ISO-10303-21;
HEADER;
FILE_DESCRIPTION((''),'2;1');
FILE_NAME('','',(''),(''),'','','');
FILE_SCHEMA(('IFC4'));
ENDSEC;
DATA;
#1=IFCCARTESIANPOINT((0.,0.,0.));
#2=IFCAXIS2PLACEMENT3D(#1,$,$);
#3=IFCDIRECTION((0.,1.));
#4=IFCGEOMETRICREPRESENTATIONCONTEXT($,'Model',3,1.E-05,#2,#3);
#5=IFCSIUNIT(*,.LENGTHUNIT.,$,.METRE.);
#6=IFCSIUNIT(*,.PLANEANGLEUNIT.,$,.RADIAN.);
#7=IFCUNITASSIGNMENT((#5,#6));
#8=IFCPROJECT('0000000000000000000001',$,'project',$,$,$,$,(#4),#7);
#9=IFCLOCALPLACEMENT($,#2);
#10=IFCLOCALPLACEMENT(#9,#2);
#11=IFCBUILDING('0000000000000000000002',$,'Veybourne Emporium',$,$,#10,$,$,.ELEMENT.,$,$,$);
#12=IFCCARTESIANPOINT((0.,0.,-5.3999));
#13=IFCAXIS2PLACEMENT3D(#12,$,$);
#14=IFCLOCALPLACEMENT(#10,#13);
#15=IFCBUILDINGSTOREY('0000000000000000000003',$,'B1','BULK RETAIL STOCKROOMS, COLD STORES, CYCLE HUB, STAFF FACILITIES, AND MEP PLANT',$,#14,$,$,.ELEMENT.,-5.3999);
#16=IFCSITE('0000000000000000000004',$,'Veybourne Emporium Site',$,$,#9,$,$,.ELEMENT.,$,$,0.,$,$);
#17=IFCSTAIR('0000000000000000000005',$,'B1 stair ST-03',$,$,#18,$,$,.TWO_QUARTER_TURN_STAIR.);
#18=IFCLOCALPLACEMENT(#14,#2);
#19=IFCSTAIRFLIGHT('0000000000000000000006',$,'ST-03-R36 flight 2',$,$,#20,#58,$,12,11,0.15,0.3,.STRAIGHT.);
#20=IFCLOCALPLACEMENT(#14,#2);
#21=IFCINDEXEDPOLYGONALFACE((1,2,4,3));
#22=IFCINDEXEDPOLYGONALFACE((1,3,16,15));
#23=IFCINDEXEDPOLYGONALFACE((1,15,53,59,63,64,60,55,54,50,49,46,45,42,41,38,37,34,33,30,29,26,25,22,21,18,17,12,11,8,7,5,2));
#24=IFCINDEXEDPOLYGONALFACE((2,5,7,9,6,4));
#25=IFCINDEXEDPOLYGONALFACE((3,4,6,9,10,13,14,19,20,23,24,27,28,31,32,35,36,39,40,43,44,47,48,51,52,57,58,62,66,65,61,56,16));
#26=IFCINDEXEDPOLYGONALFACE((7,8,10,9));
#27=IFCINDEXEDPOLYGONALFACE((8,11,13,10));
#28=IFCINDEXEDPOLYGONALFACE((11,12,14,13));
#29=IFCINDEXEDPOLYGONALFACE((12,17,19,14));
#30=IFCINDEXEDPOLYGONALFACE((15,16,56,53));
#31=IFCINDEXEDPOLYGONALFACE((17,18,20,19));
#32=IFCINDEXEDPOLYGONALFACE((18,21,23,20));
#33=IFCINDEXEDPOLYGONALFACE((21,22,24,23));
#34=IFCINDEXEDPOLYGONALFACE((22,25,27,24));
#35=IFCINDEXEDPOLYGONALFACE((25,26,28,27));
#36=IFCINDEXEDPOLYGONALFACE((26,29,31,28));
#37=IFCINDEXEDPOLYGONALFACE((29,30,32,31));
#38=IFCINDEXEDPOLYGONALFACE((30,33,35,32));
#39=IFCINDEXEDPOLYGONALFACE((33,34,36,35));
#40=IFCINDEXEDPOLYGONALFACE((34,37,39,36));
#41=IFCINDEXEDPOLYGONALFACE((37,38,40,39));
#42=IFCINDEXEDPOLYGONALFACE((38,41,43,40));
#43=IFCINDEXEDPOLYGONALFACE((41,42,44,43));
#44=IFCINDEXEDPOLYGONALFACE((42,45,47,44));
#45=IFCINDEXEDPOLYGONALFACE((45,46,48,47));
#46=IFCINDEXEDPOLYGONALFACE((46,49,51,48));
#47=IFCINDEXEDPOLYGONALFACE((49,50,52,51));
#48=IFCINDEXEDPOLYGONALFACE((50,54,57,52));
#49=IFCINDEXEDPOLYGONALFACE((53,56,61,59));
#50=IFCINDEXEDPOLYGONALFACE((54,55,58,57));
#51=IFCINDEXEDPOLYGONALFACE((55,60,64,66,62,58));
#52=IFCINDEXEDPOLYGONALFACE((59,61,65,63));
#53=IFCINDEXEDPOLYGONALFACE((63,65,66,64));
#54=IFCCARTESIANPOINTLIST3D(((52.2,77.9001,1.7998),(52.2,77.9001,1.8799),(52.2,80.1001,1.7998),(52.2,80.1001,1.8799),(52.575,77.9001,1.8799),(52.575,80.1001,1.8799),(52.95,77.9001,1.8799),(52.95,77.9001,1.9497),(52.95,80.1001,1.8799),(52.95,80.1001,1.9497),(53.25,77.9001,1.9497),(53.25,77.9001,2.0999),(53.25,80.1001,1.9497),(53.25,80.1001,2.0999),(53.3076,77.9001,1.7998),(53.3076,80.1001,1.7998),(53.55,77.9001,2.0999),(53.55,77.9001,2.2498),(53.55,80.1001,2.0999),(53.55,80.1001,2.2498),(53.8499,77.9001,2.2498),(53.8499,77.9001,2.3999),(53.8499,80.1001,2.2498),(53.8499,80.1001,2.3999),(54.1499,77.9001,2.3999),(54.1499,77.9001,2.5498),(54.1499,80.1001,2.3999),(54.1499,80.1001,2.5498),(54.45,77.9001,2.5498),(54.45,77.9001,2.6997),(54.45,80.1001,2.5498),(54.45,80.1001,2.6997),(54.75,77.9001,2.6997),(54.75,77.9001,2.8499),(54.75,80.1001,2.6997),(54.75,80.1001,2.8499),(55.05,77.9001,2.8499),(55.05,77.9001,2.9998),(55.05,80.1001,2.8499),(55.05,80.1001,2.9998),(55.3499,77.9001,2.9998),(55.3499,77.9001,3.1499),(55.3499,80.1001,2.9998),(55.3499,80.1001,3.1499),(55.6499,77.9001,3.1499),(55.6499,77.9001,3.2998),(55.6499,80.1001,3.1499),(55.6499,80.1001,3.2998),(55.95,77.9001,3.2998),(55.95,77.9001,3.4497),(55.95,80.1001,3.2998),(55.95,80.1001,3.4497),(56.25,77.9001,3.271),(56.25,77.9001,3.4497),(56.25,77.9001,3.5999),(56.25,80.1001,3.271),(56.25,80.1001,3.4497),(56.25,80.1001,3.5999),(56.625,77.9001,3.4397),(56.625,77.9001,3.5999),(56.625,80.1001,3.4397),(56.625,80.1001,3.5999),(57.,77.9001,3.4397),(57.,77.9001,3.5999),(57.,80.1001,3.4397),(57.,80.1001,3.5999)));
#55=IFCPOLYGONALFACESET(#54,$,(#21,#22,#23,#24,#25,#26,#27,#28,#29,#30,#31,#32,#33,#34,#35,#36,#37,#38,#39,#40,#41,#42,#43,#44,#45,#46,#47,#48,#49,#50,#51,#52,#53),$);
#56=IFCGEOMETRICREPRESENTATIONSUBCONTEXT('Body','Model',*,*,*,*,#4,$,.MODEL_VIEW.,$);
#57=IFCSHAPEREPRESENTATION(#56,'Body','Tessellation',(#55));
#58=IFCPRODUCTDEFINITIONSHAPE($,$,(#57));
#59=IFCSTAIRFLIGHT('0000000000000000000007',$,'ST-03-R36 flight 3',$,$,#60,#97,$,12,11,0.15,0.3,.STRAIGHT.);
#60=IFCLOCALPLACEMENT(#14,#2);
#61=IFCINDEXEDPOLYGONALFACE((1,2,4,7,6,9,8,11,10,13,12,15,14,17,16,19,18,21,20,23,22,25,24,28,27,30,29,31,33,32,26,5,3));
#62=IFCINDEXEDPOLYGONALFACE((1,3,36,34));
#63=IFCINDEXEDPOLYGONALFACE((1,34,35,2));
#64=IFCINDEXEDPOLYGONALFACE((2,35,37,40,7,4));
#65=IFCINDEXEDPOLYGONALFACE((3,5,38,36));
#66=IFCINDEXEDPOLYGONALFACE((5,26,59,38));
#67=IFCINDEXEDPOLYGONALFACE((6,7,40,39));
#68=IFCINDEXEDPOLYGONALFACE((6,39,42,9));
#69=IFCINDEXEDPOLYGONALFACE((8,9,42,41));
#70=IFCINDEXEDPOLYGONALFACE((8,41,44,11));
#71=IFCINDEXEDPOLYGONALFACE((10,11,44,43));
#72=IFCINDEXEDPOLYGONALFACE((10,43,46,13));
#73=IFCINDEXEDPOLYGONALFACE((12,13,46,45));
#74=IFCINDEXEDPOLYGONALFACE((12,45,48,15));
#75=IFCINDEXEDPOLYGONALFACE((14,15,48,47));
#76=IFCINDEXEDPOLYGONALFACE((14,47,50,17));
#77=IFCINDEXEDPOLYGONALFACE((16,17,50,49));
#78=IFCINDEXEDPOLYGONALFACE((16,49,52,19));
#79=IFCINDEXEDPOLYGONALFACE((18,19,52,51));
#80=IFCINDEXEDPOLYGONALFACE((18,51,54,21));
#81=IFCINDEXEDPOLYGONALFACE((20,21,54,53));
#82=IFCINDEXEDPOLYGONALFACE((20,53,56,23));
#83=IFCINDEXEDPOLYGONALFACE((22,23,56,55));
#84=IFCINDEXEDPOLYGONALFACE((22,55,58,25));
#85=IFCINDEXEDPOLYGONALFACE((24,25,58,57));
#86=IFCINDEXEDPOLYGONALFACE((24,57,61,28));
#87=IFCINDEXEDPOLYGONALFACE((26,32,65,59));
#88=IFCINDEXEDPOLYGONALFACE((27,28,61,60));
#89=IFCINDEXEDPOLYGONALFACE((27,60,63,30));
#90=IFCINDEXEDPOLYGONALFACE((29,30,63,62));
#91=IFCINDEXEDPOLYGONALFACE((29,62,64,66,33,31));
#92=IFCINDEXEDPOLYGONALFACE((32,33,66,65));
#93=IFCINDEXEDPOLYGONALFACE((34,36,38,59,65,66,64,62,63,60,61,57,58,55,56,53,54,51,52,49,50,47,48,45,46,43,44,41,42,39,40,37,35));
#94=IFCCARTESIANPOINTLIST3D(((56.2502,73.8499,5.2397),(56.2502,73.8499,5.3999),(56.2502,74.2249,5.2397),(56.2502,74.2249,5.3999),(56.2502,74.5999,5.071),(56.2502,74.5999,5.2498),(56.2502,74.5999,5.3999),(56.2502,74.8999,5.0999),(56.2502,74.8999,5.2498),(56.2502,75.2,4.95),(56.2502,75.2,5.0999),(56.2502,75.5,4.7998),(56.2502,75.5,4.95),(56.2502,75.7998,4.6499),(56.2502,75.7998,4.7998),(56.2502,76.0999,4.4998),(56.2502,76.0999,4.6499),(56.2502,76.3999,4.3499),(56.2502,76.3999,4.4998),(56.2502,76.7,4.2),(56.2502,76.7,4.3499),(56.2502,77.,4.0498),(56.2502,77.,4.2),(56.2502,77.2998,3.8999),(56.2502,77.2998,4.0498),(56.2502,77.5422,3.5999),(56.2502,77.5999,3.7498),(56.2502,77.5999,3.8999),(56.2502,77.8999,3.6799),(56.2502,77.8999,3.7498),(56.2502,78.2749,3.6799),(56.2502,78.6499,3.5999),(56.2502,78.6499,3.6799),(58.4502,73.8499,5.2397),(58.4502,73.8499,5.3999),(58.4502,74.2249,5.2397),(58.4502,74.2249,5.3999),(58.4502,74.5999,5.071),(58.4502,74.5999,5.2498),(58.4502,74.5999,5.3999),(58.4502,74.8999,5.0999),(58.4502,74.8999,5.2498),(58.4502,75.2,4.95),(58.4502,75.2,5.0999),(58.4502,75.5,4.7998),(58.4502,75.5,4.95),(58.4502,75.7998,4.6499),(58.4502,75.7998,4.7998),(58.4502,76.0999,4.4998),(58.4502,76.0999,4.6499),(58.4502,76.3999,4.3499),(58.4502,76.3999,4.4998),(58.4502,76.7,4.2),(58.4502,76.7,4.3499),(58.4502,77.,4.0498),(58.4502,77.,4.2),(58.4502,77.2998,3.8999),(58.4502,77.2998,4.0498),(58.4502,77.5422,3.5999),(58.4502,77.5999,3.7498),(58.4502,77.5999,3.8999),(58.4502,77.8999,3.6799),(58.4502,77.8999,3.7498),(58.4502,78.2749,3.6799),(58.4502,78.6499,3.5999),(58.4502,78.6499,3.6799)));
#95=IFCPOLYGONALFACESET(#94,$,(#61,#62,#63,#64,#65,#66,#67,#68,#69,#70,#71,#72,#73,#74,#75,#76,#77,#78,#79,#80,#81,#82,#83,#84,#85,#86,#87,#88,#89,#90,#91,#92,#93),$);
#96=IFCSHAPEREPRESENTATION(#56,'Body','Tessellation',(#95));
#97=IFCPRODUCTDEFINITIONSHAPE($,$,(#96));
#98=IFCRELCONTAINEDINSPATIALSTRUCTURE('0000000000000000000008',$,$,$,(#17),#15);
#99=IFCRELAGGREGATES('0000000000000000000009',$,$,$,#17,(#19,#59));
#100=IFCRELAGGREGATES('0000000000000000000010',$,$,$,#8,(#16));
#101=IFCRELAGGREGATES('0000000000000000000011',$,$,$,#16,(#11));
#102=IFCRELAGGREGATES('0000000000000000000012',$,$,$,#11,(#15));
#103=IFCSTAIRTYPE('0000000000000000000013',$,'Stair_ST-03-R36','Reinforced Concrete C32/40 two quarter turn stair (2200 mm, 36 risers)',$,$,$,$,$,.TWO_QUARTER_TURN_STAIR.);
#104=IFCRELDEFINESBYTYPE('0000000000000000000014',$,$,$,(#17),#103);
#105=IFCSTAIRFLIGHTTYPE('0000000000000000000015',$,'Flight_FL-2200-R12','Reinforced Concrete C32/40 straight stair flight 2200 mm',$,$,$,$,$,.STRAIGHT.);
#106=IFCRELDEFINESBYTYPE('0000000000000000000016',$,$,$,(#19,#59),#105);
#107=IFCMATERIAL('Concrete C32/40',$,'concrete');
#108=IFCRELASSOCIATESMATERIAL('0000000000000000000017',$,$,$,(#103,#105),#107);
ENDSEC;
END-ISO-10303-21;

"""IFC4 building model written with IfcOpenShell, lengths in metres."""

from ifc_helpers import new_model, si_unit, direction, frame, origin, place, context, subcontext, project, spatial, polyline, outline, extrude, material, type_object, element, aggregate, save


model = new_model("IFC4")

# Units and contexts
model_context = context("Model", 3, precision=1e-05, world=origin(), true_north=direction((0.0, 1.0)))
body_context = subcontext(model_context, "Body", "Model", "MODEL_VIEW")
ifc_project = project(units=[si_unit("LENGTHUNIT", "METRE"), si_unit("PLANEANGLEUNIT", "RADIAN")], contexts=[model_context])

# Site, building, storey
site_placement = place(None, origin())
site = spatial("IfcSite", under=ifc_project, at=site_placement, Name="Veybourne Emporium Site", CompositionType="ELEMENT", RefElevation=0.0)
building_placement = place(site_placement, origin())
building = spatial("IfcBuilding", under=site, at=building_placement, Name="Veybourne Emporium", CompositionType="ELEMENT")
storey_placement = place(building_placement, frame((0.0, 0.0, -5.3999)))
storey = spatial("IfcBuildingStorey", under=building, at=storey_placement, Name="B1", Description="BULK RETAIL STOCKROOMS, COLD STORES, CYCLE HUB, STAFF FACILITIES, AND MEP PLANT", CompositionType="ELEMENT", Elevation=-5.3999)

# Shared definitions
ifc_material_1 = material(Name="Concrete C32/40", Category="concrete")

# Stair, stair flights
stair_type = type_object("IfcStairType", Name="Stair_ST-03-R36", Description="Reinforced Concrete C32/40 two quarter turn stair (2200 mm, 36 risers)", PredefinedType="TWO_QUARTER_TURN_STAIR", material=ifc_material_1)
stair_placement = place(storey_placement, origin())
stair = element("IfcStair", 1, at=stair_placement, inside=storey, type_object=stair_type, Name="B1 stair ST-03", PredefinedType="TWO_QUARTER_TURN_STAIR")
stair_flight_type = type_object("IfcStairFlightType", Name="Flight_FL-2200-R12", Description="Reinforced Concrete C32/40 straight stair flight 2200 mm", PredefinedType="STRAIGHT", material=ifc_material_1)
stair_flight_1_placement = place(storey_placement, frame((52.95, 79.0, 1.7998), z_axis=(0.0, 0.0, 1.0), x_axis=(1.0, 0.0, 0.0)))
stair_flight_1 = element("IfcStairFlight", 2, at=stair_flight_1_placement, type_object=stair_flight_type, Name="ST-03-R36 flight 2", NumberOfRisers=12, NumberOfTreads=11, PredefinedType="STRAIGHT", RiserHeight=0.15, TreadLength=0.3, context=body_context, shape_type="SweptSolid", body=[
    extrude(outline(polyline([(-0.75, 0.0), (-0.75, 0.0801), (-0.375, 0.0801), (0.0, 0.0801), (0.0, 0.1499), (0.3, 0.1499), (0.3, 0.3), (0.6001, 0.3), (0.6001, 0.45), (0.8999, 0.45), (0.8999, 0.6001), (1.2, 0.6001), (1.2, 0.75), (1.5, 0.75), (1.5, 0.8999), (1.8, 0.8999), (1.8, 1.05), (2.1001, 1.05), (2.1001, 1.2), (2.3999, 1.2), (2.3999, 1.3501), (2.7, 1.3501), (2.7, 1.5), (3.0, 1.5), (3.0, 1.6499), (3.3, 1.6499), (3.3, 1.8), (3.675, 1.8), (4.05, 1.8), (4.05, 1.6399), (3.675, 1.6399), (3.3, 1.4712), (0.3577, 0.0), (-0.75, 0.0)])), frame((0.0, 1.1001, 0.0), z_axis=(0.0, -1.0, 0.0), x_axis=(1.0, 0.0, 0.0)), (0.0, 0.0, 1.0), 2.2),
])
stair_flight_2_placement = place(storey_placement, frame((57.3501, 77.8999, 3.5999), z_axis=(0.0, 0.0, 1.0), x_axis=(0.0, -1.0, 0.0)))
stair_flight_2 = element("IfcStairFlight", 3, at=stair_flight_2_placement, type_object=stair_flight_type, Name="ST-03-R36 flight 3", NumberOfRisers=12, NumberOfTreads=11, PredefinedType="STRAIGHT", RiserHeight=0.15, TreadLength=0.3, context=body_context, shape_type="SweptSolid", body=[
    extrude(outline(polyline([(-0.75, 0.0), (-0.75, 0.0801), (-0.375, 0.0801), (0.0, 0.0801), (0.0, 0.1499), (0.3, 0.1499), (0.3, 0.3), (0.6001, 0.3), (0.6001, 0.45), (0.8999, 0.45), (0.8999, 0.6001), (1.2, 0.6001), (1.2, 0.75), (1.5, 0.75), (1.5, 0.8999), (1.8, 0.8999), (1.8, 1.05), (2.1001, 1.05), (2.1001, 1.2), (2.3999, 1.2), (2.3999, 1.3501), (2.7, 1.3501), (2.7, 1.5), (3.0, 1.5), (3.0, 1.6499), (3.3, 1.6499), (3.3, 1.8), (3.675, 1.8), (4.05, 1.8), (4.05, 1.6399), (3.675, 1.6399), (3.3, 1.4712), (0.3577, 0.0), (-0.75, 0.0)])), frame((0.0, 1.1001, 0.0), z_axis=(0.0, -1.0, 0.0), x_axis=(1.0, 0.0, 0.0)), (0.0, 0.0, 1.0), 2.2),
])
aggregate(stair, [stair_flight_1, stair_flight_2])

save(model, "model.ifc")
